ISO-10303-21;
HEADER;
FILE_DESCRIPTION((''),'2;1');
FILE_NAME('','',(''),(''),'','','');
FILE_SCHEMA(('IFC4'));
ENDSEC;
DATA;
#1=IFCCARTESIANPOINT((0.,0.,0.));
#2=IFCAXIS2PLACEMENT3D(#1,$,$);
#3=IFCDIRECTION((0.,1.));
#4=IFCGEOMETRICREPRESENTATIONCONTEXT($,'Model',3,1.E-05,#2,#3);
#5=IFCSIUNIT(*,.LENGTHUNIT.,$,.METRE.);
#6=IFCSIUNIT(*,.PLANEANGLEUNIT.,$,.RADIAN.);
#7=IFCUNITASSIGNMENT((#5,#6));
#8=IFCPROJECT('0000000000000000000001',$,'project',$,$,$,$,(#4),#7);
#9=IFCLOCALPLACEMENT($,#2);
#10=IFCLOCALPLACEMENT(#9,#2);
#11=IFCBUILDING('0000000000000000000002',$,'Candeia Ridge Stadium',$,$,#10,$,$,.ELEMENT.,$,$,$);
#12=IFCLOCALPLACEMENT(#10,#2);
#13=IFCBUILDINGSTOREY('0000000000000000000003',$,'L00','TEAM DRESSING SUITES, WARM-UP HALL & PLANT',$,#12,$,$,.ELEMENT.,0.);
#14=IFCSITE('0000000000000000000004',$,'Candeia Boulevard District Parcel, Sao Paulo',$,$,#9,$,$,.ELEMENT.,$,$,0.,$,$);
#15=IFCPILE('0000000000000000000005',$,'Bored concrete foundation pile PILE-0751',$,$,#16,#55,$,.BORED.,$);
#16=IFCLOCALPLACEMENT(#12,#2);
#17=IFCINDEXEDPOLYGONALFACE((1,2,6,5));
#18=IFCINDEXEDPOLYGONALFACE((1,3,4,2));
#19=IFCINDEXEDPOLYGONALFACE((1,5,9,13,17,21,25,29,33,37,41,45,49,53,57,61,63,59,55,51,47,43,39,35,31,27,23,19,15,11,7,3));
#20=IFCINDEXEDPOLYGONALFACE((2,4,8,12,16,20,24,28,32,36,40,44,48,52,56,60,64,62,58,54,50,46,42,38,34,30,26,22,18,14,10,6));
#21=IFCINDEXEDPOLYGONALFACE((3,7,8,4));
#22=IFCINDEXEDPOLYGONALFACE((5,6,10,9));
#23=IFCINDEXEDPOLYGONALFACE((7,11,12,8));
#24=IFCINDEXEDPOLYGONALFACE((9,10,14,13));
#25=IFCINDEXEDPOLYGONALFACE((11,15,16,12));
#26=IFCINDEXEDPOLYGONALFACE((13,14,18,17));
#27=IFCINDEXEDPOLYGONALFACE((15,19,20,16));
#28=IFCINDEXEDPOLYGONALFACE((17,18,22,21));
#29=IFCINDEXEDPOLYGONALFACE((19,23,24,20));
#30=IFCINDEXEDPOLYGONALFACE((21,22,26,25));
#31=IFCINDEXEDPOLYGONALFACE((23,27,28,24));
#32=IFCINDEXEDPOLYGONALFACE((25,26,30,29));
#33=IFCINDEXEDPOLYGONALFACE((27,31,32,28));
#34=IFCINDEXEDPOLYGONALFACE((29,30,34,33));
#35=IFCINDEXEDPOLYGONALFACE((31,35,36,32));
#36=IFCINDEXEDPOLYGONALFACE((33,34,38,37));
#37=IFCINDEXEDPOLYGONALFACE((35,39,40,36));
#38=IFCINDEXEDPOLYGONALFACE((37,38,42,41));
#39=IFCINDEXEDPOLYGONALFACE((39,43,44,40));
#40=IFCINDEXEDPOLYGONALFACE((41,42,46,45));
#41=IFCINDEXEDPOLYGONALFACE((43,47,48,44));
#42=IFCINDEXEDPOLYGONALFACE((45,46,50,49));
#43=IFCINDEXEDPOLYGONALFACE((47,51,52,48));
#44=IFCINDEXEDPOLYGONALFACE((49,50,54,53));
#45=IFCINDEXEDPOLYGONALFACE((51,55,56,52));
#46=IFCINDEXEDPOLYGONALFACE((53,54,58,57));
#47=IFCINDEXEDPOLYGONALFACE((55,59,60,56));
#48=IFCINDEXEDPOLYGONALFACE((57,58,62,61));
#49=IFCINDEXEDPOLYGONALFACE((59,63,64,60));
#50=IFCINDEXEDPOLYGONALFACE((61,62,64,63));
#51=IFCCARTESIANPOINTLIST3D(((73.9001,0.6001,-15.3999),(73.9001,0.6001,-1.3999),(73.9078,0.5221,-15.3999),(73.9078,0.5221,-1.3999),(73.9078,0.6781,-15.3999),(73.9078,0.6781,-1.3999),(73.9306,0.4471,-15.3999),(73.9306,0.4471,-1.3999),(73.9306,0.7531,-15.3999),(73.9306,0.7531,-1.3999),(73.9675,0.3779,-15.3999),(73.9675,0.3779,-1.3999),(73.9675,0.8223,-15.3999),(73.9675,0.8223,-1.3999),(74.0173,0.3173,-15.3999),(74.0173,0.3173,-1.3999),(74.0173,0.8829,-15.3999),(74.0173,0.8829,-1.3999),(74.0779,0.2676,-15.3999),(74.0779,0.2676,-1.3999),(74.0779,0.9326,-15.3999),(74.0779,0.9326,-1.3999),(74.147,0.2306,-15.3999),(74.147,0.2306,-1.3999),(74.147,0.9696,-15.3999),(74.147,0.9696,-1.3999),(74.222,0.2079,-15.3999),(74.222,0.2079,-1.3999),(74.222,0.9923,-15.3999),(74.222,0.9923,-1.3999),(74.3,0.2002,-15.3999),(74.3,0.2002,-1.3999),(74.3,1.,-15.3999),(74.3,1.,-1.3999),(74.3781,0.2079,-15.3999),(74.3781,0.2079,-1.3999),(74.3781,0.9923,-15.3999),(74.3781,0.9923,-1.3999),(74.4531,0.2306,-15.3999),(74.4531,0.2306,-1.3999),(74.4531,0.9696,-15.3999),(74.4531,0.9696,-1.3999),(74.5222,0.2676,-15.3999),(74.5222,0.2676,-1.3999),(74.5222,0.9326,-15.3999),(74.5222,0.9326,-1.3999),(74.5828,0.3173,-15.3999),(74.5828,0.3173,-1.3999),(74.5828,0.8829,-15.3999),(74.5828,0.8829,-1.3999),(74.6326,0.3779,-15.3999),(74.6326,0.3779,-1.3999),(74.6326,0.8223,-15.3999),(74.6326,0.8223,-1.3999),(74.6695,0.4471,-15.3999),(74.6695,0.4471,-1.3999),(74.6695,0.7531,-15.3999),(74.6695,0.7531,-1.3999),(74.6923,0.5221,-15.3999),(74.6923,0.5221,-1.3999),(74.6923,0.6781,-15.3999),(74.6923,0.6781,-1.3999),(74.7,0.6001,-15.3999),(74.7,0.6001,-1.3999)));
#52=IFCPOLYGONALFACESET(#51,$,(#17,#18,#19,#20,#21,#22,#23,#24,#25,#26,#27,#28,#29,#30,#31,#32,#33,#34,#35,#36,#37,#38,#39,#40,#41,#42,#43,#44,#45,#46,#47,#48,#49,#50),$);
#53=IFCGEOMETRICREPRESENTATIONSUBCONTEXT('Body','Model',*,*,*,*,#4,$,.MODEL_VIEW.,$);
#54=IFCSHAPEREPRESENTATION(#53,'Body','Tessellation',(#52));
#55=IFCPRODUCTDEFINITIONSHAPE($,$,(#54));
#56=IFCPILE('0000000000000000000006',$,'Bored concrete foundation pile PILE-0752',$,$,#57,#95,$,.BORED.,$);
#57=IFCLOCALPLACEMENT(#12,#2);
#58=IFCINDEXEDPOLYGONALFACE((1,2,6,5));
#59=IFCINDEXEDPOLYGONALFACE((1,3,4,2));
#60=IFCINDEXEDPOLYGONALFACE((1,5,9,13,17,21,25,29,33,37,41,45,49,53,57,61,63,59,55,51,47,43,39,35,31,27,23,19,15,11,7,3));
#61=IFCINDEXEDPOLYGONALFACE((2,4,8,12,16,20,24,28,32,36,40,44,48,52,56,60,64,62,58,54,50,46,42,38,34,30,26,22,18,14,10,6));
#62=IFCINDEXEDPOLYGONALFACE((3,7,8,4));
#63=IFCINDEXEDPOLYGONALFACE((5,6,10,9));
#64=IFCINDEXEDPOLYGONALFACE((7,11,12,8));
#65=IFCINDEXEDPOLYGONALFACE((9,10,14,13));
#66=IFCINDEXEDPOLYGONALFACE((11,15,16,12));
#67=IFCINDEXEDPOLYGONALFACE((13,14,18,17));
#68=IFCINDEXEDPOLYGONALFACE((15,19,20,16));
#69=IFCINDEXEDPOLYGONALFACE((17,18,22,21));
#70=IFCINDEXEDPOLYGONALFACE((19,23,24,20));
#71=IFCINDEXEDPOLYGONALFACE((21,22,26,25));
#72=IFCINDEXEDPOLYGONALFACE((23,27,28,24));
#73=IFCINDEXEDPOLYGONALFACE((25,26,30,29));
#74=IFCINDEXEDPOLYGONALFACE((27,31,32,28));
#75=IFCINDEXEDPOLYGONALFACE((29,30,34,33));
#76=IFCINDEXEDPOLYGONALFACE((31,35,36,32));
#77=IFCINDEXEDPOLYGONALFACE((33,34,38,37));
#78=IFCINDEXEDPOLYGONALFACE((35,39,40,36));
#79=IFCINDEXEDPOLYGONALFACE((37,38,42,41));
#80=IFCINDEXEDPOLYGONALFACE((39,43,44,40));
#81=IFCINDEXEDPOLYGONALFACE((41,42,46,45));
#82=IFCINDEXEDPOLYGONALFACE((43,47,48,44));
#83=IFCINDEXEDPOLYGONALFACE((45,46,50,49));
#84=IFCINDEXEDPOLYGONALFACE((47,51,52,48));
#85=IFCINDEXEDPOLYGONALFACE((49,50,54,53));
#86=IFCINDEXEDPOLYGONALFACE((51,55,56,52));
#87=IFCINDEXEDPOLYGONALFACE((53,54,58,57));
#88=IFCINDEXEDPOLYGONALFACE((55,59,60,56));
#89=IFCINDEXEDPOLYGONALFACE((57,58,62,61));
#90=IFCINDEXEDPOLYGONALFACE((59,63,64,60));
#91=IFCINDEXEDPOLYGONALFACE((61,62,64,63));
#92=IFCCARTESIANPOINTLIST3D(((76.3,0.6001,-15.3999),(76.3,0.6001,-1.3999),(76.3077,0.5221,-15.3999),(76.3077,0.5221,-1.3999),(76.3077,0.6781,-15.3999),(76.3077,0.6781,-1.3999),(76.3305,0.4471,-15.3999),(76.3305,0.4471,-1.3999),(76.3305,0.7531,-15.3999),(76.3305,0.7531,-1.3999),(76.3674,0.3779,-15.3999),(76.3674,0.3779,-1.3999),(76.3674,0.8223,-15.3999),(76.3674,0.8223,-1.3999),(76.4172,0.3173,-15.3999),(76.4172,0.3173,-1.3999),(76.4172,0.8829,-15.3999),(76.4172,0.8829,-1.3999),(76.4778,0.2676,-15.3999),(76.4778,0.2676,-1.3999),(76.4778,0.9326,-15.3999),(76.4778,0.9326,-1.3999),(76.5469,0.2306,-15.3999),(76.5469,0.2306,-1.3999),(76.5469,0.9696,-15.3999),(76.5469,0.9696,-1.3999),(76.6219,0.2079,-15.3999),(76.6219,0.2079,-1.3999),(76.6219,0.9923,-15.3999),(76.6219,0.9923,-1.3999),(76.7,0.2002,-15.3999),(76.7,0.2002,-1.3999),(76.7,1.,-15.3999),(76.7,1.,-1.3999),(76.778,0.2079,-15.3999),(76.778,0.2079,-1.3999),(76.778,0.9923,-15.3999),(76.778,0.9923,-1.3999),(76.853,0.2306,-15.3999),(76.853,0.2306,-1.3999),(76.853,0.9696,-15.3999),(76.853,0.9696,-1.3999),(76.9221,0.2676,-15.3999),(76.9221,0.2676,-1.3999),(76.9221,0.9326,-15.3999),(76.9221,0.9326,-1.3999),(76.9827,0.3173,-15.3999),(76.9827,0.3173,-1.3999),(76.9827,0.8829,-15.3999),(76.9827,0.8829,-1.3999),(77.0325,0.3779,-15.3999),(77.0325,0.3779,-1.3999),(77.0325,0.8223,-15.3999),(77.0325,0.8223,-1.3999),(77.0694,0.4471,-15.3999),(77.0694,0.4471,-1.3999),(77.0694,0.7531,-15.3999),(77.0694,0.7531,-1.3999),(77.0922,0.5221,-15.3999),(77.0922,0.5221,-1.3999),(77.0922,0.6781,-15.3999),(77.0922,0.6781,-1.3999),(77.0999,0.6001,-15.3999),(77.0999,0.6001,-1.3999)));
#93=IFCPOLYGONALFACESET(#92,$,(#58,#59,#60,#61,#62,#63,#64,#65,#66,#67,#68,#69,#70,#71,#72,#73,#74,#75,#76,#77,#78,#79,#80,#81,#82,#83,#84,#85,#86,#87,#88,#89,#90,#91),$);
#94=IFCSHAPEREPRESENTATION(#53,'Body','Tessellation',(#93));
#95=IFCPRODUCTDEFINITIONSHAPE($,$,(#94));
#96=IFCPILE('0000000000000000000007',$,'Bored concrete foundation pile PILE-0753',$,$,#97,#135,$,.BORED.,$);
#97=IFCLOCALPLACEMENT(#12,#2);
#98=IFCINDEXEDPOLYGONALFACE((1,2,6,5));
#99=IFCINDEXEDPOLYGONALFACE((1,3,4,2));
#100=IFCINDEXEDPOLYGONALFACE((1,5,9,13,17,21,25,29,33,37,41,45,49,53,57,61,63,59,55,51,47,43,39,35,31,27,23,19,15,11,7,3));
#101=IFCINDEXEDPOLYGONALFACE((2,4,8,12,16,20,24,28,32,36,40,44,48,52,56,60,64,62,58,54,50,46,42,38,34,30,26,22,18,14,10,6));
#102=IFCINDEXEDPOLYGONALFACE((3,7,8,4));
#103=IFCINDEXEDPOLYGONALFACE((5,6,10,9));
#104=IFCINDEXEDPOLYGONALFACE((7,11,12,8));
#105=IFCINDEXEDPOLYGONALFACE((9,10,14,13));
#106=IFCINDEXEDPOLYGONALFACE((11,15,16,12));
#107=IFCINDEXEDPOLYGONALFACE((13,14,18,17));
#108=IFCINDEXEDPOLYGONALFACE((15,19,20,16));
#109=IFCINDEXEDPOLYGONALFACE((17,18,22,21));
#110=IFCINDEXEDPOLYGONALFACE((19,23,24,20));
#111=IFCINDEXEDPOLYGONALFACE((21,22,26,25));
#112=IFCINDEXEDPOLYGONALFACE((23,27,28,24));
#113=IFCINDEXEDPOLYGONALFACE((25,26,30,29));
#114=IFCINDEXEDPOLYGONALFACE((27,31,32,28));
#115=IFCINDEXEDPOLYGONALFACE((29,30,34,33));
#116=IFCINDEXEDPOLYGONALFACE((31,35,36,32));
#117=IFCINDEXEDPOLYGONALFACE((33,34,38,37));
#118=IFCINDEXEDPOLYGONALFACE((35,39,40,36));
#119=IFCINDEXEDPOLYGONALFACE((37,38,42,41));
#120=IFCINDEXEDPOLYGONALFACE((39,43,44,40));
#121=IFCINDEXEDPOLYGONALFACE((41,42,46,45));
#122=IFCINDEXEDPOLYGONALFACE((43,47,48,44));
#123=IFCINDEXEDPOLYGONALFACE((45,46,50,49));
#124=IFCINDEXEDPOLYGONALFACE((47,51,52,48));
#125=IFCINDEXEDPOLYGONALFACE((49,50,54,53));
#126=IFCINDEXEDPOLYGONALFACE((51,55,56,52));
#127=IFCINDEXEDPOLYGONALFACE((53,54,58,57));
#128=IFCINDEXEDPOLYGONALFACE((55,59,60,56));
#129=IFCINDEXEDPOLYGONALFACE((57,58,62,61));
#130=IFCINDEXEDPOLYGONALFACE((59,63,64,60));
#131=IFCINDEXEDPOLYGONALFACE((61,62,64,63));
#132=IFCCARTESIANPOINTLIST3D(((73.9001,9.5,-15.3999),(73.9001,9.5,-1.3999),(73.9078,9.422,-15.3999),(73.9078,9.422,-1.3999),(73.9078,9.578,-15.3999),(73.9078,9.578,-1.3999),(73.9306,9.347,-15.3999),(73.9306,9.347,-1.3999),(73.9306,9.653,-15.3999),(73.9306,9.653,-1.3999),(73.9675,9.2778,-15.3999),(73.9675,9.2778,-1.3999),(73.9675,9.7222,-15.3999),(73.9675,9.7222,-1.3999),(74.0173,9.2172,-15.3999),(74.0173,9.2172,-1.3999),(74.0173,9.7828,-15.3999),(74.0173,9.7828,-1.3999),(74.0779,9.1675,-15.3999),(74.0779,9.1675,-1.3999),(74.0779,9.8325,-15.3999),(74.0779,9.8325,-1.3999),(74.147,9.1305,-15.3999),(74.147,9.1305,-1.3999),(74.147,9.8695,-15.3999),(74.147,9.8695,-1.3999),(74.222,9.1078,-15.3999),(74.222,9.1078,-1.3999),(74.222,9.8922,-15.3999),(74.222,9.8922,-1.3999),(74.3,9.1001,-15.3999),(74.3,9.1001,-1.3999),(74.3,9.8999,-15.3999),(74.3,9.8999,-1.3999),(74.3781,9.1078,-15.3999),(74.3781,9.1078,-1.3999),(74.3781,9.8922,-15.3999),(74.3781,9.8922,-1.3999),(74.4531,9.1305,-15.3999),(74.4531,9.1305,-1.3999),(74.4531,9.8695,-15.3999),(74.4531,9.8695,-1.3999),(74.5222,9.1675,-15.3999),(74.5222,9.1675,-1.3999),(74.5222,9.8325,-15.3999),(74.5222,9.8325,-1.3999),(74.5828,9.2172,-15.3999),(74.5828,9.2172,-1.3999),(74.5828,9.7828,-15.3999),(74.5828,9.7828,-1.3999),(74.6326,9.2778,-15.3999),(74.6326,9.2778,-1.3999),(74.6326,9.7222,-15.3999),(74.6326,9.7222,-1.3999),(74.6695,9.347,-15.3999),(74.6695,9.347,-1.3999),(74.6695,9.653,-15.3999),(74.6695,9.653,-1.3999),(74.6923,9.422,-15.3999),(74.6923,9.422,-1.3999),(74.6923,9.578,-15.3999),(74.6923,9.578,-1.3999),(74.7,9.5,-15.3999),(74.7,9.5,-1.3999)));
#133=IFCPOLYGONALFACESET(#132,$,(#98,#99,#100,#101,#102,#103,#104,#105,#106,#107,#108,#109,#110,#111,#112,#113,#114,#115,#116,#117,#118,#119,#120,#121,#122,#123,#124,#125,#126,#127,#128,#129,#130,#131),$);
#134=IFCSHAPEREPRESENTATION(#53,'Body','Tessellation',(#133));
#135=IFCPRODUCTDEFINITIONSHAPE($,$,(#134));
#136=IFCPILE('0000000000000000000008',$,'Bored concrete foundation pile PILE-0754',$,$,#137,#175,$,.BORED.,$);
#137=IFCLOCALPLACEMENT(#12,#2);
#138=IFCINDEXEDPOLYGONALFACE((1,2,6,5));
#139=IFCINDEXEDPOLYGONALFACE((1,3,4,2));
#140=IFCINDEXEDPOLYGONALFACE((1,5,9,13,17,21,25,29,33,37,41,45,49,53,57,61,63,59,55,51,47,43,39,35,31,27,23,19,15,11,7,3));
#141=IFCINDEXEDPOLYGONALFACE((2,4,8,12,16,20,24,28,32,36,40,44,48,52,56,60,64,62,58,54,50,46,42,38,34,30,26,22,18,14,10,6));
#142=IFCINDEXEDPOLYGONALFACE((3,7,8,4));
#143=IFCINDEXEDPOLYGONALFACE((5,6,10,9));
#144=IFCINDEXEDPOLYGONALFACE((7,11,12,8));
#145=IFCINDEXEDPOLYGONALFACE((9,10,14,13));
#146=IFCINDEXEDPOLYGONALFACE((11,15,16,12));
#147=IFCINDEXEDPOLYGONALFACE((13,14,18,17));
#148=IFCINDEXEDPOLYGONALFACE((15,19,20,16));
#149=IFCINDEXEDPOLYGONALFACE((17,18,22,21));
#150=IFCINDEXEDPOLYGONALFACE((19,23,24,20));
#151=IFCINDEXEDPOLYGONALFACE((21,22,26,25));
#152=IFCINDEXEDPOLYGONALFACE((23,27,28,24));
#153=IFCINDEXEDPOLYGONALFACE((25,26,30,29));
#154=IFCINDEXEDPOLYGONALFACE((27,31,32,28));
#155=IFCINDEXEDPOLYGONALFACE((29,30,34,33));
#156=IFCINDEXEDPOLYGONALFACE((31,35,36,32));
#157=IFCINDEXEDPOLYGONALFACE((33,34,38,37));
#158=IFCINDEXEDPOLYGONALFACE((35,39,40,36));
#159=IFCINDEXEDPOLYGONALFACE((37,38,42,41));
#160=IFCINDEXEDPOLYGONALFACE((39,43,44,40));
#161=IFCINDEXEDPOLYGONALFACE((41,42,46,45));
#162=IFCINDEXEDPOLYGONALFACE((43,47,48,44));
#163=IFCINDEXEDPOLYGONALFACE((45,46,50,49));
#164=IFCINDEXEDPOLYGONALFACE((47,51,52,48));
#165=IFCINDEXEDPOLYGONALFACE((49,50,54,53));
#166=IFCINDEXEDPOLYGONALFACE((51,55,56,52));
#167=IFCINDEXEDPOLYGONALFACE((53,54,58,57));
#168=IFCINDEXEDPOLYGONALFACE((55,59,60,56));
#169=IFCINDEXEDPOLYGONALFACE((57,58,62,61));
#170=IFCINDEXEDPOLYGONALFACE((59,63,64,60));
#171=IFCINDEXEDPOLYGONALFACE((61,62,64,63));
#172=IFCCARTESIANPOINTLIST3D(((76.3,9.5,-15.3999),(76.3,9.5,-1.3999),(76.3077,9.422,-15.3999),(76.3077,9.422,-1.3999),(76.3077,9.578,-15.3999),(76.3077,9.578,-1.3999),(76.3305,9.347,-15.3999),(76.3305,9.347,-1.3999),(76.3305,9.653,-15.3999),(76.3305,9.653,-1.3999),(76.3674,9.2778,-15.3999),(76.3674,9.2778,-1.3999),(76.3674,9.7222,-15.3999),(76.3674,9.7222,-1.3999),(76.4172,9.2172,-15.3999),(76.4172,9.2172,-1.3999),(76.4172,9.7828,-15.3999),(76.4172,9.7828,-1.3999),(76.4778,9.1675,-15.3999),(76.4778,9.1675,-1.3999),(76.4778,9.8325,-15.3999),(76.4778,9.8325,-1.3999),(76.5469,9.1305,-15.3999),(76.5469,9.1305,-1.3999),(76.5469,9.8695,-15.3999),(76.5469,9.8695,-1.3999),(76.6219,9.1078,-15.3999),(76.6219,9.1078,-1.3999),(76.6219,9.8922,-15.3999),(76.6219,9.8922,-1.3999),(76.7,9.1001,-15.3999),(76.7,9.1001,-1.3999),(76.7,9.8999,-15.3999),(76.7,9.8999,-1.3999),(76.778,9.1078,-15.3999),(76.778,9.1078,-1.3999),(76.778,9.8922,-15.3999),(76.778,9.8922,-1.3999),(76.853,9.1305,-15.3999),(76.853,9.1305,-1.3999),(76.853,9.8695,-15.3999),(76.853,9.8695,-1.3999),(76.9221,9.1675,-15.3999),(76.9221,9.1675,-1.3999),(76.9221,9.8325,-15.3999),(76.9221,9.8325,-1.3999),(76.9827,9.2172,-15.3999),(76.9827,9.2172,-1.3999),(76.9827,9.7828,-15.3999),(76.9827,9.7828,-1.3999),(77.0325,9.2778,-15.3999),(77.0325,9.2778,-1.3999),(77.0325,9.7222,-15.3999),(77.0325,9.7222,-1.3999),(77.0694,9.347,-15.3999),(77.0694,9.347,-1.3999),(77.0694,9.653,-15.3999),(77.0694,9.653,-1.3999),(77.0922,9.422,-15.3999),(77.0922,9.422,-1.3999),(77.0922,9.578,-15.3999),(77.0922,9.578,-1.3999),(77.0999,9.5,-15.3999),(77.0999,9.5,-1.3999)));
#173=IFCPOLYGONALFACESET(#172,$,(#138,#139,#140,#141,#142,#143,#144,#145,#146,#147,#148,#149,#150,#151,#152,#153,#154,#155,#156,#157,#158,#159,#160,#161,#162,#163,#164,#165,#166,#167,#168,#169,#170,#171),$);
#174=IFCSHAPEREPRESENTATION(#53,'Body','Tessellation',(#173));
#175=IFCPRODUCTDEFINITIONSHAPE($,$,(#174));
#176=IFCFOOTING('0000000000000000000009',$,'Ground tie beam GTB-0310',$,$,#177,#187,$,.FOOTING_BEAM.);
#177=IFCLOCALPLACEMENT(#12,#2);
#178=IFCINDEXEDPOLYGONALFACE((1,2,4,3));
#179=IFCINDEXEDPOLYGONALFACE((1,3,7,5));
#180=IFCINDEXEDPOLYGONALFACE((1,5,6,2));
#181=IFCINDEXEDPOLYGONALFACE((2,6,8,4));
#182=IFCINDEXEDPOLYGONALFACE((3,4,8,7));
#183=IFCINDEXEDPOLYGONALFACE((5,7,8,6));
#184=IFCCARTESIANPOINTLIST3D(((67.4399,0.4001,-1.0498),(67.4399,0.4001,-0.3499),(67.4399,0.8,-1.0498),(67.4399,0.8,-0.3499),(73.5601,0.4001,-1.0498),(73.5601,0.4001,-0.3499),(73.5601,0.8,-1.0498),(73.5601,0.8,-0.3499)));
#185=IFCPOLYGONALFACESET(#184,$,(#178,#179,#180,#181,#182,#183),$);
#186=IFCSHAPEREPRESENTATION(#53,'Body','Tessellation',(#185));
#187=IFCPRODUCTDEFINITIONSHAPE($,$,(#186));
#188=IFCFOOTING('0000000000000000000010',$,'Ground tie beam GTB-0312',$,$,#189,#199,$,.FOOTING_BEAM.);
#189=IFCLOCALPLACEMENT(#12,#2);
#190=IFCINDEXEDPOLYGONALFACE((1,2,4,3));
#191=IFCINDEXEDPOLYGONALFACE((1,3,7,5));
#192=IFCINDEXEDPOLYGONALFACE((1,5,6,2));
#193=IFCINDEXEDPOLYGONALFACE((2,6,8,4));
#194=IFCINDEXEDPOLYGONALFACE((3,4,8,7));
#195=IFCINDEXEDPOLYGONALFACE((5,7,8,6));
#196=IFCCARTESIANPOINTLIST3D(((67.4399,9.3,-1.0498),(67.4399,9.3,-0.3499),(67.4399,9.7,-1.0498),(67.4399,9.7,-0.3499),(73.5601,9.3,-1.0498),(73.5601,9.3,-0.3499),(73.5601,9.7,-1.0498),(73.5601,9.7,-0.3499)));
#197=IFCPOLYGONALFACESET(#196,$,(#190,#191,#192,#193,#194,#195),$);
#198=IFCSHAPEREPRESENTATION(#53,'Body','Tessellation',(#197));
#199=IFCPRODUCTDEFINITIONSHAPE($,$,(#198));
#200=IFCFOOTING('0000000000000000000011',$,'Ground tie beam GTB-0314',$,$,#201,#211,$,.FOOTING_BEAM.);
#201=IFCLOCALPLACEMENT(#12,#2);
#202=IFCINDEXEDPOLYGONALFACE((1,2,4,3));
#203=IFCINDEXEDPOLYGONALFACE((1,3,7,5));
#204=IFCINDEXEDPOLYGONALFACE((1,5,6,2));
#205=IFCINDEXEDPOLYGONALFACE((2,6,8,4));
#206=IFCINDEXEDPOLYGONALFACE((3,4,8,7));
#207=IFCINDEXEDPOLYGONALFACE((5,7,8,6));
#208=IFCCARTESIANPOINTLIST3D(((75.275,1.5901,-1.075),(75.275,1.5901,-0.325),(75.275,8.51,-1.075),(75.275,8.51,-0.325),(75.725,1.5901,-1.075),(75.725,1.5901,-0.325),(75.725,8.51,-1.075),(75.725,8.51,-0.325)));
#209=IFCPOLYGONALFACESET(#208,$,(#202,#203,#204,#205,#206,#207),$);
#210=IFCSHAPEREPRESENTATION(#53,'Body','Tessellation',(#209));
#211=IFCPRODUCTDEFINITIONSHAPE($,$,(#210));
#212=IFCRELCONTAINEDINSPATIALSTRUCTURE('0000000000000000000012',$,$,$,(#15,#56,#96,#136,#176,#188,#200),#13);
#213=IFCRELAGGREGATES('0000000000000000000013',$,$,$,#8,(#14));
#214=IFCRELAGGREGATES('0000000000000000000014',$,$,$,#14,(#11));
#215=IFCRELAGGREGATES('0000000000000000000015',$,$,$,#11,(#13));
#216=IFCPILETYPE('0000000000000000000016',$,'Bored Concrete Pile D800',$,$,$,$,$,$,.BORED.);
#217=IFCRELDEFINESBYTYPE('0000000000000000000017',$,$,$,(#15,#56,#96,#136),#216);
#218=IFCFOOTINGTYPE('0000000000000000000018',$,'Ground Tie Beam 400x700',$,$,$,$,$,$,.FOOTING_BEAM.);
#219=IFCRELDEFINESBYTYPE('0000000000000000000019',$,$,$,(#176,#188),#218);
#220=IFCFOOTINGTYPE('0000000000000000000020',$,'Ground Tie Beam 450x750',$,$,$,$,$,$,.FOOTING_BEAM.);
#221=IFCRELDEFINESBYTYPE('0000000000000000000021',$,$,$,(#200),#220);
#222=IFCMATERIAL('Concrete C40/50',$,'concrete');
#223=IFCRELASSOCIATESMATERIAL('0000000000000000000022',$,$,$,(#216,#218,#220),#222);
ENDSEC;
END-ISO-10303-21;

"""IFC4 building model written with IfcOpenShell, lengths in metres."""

from ifc_helpers import new_model, si_unit, direction, frame, origin, origin_2d, place, context, subcontext, project, spatial, rectangle, circle, extrude, material, material_profile, profile_set, type_object, element, save


model = new_model("IFC4")

# Units and contexts
model_context = context("Model", 3, precision=1e-05, world=origin(), true_north=direction((0.0, 1.0)))
body_context = subcontext(model_context, "Body", "Model", "MODEL_VIEW")
ifc_project = project(units=[si_unit("LENGTHUNIT", "METRE"), si_unit("PLANEANGLEUNIT", "RADIAN")], contexts=[model_context])

# Site, building, storey
site_placement = place(None, origin())
site = spatial("IfcSite", under=ifc_project, at=site_placement, Name="Candeia Boulevard District Parcel, Sao Paulo", CompositionType="ELEMENT", RefElevation=0.0)
building_placement = place(site_placement, origin())
building = spatial("IfcBuilding", under=site, at=building_placement, Name="Candeia Ridge Stadium", CompositionType="ELEMENT")
storey_placement = place(building_placement, origin())
storey = spatial("IfcBuildingStorey", under=building, at=storey_placement, Name="L00", Description="TEAM DRESSING SUITES, WARM-UP HALL & PLANT", CompositionType="ELEMENT", Elevation=0.0)

# Piles
ifc_material_1 = material(Name="Concrete C40/50", Category="concrete")
ifc_material_profile_1 = material_profile(ifc_material_1, circle(Radius=0.3999, at=origin_2d()), Name="PILE-D800", Category="concrete")
ifc_profile_set_1 = profile_set([ifc_material_profile_1], Name="Concrete C40/50")
pile_type_1 = type_object("IfcPileType", Name="Bored Concrete Pile D800", PredefinedType="BORED", material=ifc_profile_set_1)
for number, where, z_axis, x_axis, name in (
    (1, (74.3, 0.6001, -1.3999), (0.0, 0.0, -1.0), (1.0, 0.0, 0.0), "Bored concrete foundation pile PILE-0751"),
    (2, (76.7, 0.6001, -1.3999), (0.0, 0.0, -1.0), (1.0, 0.0, 0.0), "Bored concrete foundation pile PILE-0752"),
    (3, (74.3, 9.5, -1.3999), (0.0, 0.0, -1.0), (1.0, 0.0, 0.0), "Bored concrete foundation pile PILE-0753"),
    (4, (76.7, 9.5, -1.3999), (0.0, 0.0, -1.0), (1.0, 0.0, 0.0), "Bored concrete foundation pile PILE-0754"),
):
    element("IfcPile", number, at=place(storey_placement, frame(where, z_axis=z_axis, x_axis=x_axis)), inside=storey, type_object=pile_type_1, Name=name, PredefinedType="BORED", context=body_context, shape_type="SweptSolid", body=[
        extrude(circle(Radius=0.3999, at=origin_2d()), origin(), (0.0, 0.0, 1.0), 14.0),
    ])

# Footings
footing_type_1 = type_object("IfcFootingType", Name="Ground Tie Beam 400x700", PredefinedType="FOOTING_BEAM", material=ifc_material_1)
for number, where, z_axis, x_axis, name in (
    (5, (70.5, 0.6001, -1.0498), (0.0, 0.0, 1.0), (1.0, 0.0, 0.0), "Ground tie beam GTB-0310"),
    (6, (70.5, 9.5, -1.0498), (0.0, 0.0, 1.0), (1.0, 0.0, 0.0), "Ground tie beam GTB-0312"),
):
    element("IfcFooting", number, at=place(storey_placement, frame(where, z_axis=z_axis, x_axis=x_axis)), inside=storey, type_object=footing_type_1, Name=name, PredefinedType="FOOTING_BEAM", context=body_context, shape_type="SweptSolid", body=[
        extrude(rectangle(XDim=6.1201, YDim=0.3999, at=origin_2d()), origin(), (0.0, 0.0, 1.0), 0.7),
    ])
footing_type_2 = type_object("IfcFootingType", Name="Ground Tie Beam 450x750", PredefinedType="FOOTING_BEAM", material=ifc_material_1)
footing_1_placement = place(storey_placement, frame((75.5, 5.05, -1.075), z_axis=(0.0, 0.0, 1.0), x_axis=(0.0, 1.0, 0.0)))
element("IfcFooting", 7, at=footing_1_placement, inside=storey, type_object=footing_type_2, Name="Ground tie beam GTB-0314", PredefinedType="FOOTING_BEAM", context=body_context, shape_type="SweptSolid", body=[
    extrude(rectangle(XDim=6.9199, YDim=0.45, at=origin_2d()), origin(), (0.0, 0.0, 1.0), 0.75),
])

save(model, "model.ifc")
